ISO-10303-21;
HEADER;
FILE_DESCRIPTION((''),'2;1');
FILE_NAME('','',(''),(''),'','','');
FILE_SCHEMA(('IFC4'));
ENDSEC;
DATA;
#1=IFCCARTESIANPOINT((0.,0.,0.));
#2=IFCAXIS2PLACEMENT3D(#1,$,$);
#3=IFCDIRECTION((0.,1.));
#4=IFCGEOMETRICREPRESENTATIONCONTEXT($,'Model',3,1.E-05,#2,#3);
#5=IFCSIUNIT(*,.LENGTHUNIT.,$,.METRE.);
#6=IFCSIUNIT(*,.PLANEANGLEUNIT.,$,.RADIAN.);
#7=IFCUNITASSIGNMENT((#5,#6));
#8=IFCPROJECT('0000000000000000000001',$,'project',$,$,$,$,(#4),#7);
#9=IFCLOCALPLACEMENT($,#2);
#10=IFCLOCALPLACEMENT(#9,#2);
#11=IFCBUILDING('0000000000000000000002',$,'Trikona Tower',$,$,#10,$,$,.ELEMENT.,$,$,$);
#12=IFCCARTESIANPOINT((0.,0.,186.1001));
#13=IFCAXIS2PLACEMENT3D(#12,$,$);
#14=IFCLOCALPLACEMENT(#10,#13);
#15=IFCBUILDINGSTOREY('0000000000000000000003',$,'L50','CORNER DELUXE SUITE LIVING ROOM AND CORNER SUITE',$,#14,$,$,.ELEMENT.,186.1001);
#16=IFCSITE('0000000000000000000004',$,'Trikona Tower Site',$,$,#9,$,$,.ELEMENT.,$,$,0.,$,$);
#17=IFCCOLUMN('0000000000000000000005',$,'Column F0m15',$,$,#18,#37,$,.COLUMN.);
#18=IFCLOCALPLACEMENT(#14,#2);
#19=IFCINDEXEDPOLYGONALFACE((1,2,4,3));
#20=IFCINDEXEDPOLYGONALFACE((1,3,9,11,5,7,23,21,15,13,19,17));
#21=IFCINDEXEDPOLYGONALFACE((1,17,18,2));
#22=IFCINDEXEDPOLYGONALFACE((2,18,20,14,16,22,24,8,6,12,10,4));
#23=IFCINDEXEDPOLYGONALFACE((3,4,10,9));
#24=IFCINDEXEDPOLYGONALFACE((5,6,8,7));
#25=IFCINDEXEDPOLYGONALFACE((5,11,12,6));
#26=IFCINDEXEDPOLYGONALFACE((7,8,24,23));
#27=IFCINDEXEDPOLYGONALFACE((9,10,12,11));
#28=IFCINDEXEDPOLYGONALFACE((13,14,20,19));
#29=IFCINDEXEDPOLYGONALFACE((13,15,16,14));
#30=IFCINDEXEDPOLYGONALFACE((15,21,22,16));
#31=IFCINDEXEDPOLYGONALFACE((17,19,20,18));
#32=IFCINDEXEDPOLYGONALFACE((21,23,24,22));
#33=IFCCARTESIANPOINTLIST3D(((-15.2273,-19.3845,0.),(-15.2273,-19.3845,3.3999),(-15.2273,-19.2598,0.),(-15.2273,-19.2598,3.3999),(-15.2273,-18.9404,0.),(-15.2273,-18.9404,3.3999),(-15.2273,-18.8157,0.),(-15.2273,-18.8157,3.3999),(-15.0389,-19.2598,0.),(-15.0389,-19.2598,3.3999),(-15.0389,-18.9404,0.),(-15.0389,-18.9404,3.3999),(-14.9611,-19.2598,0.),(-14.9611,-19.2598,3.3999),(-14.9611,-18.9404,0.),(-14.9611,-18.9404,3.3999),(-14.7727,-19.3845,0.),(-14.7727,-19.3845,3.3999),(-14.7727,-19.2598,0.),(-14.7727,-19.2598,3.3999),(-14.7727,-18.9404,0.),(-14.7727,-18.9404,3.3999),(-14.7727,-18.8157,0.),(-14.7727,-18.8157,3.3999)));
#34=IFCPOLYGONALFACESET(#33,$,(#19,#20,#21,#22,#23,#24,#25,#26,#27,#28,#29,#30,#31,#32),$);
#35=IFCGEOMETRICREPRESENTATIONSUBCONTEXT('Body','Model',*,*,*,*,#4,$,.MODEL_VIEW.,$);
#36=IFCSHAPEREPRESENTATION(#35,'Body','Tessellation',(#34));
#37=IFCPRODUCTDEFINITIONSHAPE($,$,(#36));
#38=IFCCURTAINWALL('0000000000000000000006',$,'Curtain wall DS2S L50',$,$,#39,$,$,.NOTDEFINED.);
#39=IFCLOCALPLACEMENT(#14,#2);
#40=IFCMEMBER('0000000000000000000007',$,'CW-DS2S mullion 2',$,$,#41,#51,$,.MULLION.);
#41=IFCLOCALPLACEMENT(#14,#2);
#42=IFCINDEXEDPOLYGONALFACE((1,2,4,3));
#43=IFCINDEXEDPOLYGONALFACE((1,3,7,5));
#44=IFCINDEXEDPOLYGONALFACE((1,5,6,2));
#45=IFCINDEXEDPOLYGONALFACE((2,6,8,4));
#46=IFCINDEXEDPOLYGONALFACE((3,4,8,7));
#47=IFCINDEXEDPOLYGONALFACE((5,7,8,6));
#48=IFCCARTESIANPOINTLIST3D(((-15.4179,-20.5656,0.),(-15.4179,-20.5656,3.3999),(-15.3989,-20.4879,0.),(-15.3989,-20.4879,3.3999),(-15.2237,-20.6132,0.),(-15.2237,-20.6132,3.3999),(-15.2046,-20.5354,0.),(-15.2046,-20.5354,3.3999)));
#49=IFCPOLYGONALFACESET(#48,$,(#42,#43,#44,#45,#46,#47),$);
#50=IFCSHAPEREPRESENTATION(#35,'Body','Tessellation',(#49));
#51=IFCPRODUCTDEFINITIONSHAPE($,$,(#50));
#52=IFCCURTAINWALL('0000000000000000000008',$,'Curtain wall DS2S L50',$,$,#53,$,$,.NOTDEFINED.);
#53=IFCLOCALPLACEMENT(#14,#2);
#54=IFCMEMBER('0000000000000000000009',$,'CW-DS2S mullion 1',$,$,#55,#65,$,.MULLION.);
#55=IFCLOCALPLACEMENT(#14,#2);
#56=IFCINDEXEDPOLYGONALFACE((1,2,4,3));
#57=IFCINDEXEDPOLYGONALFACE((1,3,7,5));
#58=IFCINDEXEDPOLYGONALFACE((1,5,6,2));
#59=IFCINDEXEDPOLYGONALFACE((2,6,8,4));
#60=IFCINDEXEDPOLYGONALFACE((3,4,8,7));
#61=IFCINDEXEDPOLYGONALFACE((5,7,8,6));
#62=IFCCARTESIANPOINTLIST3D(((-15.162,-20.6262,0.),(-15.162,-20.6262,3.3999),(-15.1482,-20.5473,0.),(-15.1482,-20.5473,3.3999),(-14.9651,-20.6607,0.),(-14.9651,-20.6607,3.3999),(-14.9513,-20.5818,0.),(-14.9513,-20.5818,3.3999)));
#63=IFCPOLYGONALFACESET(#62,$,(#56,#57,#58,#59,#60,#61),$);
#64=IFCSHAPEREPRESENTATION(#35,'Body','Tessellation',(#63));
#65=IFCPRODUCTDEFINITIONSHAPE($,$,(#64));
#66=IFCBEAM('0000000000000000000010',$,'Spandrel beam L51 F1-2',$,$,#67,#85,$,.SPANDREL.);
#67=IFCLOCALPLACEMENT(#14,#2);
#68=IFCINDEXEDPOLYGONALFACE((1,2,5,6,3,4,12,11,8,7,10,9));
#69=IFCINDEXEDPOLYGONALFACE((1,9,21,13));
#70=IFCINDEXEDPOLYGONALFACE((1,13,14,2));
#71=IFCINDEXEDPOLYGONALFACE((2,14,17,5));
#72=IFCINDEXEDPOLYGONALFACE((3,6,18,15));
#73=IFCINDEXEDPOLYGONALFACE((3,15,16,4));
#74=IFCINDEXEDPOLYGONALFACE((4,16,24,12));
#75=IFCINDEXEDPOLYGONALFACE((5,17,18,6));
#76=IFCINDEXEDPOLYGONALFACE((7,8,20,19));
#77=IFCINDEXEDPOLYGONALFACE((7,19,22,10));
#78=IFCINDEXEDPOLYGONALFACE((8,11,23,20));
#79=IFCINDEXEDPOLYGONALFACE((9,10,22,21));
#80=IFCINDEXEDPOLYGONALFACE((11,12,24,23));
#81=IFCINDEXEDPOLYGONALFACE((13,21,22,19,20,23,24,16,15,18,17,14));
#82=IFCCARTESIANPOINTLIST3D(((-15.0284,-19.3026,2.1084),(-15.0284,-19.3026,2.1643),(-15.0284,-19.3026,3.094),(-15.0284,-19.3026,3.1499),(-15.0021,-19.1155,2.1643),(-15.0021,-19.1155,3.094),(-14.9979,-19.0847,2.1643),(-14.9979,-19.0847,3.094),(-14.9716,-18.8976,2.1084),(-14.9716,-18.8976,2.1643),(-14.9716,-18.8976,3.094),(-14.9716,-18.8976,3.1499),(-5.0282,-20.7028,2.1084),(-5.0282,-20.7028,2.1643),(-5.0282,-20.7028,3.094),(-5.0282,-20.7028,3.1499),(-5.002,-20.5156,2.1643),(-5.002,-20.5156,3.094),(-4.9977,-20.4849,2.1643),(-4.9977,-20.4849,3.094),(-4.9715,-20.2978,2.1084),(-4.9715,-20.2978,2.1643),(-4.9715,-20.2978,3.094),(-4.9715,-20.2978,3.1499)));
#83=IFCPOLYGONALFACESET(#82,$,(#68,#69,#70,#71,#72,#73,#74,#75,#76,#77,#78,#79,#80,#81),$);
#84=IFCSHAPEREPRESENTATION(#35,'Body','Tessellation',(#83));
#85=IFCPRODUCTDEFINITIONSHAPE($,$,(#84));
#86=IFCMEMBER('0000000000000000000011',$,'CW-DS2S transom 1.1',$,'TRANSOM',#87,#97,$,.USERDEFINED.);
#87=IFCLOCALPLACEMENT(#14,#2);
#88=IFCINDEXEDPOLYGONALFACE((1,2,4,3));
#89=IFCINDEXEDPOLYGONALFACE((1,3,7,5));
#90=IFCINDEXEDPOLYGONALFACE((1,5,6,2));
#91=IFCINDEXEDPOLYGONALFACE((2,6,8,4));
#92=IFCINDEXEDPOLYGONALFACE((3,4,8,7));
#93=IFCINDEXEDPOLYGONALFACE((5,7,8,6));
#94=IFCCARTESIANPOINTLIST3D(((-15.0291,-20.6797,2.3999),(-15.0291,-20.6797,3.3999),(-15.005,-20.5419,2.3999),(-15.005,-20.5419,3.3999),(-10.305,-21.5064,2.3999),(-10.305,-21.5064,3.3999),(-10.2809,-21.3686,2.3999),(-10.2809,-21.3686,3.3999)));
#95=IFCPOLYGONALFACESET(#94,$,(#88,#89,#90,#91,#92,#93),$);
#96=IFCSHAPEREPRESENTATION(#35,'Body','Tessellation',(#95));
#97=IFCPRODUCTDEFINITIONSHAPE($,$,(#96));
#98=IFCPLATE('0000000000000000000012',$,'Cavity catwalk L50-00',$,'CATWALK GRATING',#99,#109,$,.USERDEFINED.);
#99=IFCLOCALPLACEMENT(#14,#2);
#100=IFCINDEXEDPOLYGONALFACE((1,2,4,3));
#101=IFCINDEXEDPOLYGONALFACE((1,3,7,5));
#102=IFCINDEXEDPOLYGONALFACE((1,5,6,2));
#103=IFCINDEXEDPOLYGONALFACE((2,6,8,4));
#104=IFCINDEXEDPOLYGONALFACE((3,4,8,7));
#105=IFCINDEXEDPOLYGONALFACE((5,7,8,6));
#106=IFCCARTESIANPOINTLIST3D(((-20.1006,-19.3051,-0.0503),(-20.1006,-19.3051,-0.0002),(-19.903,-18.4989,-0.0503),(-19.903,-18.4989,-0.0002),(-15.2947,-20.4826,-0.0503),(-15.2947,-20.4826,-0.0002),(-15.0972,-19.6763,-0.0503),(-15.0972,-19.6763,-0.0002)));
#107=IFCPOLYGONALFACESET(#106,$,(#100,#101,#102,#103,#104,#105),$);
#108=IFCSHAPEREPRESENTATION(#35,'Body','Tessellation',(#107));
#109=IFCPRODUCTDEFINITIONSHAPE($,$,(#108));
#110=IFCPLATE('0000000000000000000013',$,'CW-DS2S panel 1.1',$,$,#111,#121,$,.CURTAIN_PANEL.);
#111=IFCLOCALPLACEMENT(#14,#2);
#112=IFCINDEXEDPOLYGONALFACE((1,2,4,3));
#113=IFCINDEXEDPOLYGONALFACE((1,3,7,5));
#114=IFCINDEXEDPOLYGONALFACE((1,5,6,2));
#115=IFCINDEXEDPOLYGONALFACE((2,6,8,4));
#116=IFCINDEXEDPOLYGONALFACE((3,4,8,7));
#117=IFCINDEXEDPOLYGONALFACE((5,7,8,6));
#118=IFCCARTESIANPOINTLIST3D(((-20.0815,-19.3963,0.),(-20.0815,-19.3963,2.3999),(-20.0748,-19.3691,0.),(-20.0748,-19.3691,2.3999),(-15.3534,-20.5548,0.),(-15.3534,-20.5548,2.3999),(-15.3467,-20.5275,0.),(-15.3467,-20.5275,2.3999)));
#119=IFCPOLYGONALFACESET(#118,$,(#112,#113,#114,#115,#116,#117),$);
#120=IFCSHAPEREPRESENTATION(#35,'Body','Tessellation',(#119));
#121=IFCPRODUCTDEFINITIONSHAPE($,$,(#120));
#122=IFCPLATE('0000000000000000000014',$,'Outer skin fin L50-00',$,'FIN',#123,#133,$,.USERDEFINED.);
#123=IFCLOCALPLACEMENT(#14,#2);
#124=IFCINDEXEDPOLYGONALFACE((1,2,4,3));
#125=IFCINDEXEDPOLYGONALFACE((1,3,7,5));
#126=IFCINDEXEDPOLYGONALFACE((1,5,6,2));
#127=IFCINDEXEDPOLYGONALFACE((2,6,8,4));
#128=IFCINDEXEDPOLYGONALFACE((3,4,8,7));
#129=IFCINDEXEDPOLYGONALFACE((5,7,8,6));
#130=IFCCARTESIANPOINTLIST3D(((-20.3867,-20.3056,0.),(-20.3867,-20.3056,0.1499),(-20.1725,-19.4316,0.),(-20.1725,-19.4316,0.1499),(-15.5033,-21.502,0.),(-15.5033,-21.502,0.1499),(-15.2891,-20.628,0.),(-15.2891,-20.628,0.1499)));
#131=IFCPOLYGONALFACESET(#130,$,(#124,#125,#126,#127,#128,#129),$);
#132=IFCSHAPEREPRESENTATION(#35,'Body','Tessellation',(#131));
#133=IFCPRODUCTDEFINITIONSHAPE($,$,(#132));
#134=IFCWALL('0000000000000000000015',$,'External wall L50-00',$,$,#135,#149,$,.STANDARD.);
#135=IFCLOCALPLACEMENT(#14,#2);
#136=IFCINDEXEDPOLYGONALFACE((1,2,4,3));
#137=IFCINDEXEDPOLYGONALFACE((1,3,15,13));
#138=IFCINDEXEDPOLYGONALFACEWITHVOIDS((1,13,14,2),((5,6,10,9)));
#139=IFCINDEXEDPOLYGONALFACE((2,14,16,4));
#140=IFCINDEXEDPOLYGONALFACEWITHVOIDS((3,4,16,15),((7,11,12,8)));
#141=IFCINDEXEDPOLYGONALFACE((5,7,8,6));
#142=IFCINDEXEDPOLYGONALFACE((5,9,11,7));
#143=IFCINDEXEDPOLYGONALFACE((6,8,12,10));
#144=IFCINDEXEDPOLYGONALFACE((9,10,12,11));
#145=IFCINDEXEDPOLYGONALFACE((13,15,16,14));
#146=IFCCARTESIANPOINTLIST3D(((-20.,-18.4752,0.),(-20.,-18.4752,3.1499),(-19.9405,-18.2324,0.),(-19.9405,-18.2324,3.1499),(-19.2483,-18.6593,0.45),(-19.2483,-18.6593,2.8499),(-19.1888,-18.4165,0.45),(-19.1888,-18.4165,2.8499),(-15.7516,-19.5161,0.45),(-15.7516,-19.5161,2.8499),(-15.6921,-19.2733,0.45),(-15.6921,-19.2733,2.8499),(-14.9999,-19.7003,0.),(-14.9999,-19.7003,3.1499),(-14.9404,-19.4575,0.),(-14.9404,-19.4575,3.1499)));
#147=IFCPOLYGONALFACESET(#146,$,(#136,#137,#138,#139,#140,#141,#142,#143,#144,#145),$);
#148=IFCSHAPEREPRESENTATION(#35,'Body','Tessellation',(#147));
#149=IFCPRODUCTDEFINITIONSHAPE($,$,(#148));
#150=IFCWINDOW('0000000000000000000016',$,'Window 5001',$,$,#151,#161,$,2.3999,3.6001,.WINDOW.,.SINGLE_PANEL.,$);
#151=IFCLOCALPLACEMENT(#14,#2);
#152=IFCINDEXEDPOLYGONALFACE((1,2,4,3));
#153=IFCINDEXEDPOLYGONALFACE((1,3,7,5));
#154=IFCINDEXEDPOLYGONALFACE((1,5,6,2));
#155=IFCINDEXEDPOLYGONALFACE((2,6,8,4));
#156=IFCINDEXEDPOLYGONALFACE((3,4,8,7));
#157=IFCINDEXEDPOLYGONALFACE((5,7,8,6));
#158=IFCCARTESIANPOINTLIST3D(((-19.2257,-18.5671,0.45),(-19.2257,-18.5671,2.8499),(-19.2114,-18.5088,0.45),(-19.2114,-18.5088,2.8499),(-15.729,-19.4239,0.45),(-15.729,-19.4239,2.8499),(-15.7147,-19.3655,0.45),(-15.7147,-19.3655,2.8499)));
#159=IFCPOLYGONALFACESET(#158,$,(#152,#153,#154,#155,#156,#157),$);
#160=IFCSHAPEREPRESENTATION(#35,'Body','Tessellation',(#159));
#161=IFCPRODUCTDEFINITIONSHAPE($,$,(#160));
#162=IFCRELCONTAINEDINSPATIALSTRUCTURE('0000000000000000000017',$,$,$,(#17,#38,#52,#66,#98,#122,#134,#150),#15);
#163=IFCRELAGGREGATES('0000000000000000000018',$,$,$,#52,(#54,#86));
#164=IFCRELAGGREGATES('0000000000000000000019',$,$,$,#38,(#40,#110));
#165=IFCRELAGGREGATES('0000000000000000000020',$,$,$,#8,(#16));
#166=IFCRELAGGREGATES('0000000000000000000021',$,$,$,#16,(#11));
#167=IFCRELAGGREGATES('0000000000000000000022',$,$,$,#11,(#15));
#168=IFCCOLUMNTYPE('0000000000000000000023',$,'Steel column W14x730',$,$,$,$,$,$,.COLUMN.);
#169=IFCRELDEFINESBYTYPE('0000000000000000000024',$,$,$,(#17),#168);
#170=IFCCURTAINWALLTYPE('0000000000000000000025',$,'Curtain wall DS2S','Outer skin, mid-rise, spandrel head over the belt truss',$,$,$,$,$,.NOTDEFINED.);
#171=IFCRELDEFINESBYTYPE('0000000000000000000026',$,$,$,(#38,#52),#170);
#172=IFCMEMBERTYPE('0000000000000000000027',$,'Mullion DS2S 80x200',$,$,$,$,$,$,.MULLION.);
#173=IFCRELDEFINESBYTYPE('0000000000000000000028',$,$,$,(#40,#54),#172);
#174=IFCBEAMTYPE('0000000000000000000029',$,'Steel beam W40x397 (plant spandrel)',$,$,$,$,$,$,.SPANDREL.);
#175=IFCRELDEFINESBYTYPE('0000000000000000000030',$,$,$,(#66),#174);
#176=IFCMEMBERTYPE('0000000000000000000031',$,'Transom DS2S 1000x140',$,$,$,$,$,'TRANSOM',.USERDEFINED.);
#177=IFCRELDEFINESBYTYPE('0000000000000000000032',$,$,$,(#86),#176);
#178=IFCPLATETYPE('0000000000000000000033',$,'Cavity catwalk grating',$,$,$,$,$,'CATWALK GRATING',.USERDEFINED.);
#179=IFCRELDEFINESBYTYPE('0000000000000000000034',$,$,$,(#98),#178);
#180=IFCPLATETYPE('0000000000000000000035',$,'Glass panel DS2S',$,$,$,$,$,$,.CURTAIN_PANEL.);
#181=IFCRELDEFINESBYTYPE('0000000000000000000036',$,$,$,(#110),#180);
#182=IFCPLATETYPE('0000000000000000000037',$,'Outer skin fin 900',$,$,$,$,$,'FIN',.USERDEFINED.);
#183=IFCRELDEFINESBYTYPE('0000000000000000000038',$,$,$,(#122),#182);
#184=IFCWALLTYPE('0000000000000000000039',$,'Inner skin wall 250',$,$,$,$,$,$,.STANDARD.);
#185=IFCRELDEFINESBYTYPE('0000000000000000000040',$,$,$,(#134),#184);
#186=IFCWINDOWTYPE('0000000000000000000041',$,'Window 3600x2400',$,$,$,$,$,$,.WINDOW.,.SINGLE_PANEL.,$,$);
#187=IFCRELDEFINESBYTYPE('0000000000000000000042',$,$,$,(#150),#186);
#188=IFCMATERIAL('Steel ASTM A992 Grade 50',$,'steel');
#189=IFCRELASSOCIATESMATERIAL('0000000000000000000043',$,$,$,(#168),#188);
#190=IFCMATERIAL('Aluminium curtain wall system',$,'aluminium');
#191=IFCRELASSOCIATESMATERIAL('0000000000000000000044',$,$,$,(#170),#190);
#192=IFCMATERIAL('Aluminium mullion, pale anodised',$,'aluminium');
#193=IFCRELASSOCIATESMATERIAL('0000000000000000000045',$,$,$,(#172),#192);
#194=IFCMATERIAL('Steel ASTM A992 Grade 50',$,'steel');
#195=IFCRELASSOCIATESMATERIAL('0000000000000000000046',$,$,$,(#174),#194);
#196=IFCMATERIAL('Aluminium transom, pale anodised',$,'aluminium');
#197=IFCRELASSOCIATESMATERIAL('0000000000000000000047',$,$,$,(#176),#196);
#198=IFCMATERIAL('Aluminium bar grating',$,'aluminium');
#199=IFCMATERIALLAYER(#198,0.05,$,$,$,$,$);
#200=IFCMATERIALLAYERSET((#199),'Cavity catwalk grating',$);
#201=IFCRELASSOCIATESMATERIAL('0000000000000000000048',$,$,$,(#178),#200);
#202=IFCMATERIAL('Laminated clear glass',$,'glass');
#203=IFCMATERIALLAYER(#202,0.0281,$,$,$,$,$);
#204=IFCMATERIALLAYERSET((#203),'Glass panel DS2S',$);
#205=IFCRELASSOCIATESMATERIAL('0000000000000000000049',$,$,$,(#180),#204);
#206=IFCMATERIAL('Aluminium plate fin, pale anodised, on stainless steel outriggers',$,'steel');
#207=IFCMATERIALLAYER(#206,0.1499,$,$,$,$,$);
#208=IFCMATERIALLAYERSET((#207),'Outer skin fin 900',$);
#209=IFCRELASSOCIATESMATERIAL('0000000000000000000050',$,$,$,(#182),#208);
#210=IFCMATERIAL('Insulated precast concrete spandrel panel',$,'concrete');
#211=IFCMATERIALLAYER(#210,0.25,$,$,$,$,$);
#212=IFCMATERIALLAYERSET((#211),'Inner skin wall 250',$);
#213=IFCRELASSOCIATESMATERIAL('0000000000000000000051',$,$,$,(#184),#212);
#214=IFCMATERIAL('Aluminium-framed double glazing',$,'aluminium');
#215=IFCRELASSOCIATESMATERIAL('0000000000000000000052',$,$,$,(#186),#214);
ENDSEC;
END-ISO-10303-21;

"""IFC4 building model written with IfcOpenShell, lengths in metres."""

from ifc_helpers import new_model, si_unit, direction, frame, frame_2d, origin, origin_2d, place, context, subcontext, project, spatial, rectangle, i_section, extrude, material, layer, layer_set, material_profile, profile_set, type_object, element, fill, aggregate, save


model = new_model("IFC4")

# Units and contexts
model_context = context("Model", 3, precision=1e-05, world=origin(), true_north=direction((0.0, 1.0)))
body_context = subcontext(model_context, "Body", "Model", "MODEL_VIEW")
ifc_project = project(units=[si_unit("LENGTHUNIT", "METRE"), si_unit("PLANEANGLEUNIT", "RADIAN")], contexts=[model_context])

# Site, building, storey
site_placement = place(None, origin())
site = spatial("IfcSite", under=ifc_project, at=site_placement, Name="Trikona Tower Site", CompositionType="ELEMENT", RefElevation=0.0)
building_placement = place(site_placement, origin())
building = spatial("IfcBuilding", under=site, at=building_placement, Name="Trikona Tower", CompositionType="ELEMENT")
storey_placement = place(building_placement, frame((0.0, 0.0, 186.1001)))
storey = spatial("IfcBuildingStorey", under=building, at=storey_placement, Name="L50", Description="CORNER DELUXE SUITE LIVING ROOM AND CORNER SUITE", CompositionType="ELEMENT", Elevation=186.1001)

# Column
ifc_material_1 = material(Name="Steel ASTM A992 Grade 50", Category="steel")
ifc_material_profile_1 = material_profile(ifc_material_1, i_section(OverallWidth=0.4546, OverallDepth=0.5688, WebThickness=0.0779, FlangeThickness=0.1248, at=origin_2d()), Name="W14X730")
ifc_profile_set_1 = profile_set([ifc_material_profile_1], Name="Steel ASTM A992 Grade 50")
column_type = type_object("IfcColumnType", Name="Steel column W14x730", PredefinedType="COLUMN", material=ifc_profile_set_1)
column_placement = place(storey_placement, frame((-15.0, -19.1001, 0.0), z_axis=(0.0, 0.0, 1.0), x_axis=(1.0, 0.0, 0.0)))
element("IfcColumn", 1, at=column_placement, inside=storey, type_object=column_type, Name="Column F0m15", PredefinedType="COLUMN", context=body_context, shape_type="SweptSolid", body=[
    extrude(i_section(OverallWidth=0.4546, OverallDepth=0.5688, WebThickness=0.0779, FlangeThickness=0.1248, at=origin_2d()), origin(), (0.0, 0.0, 1.0), 3.3999),
])

# Curtain walls, members
ifc_material_2 = material(Name="Aluminium curtain wall system", Category="aluminium")
curtain_wall_type = type_object("IfcCurtainWallType", Name="Curtain wall DS2S", Description="Outer skin, mid-rise, spandrel head over the belt truss", PredefinedType="NOTDEFINED", material=ifc_material_2)
curtain_wall_1_placement = place(storey_placement, origin())
curtain_wall_1 = element("IfcCurtainWall", 2, at=curtain_wall_1_placement, inside=storey, type_object=curtain_wall_type, Name="Curtain wall DS2S L50", PredefinedType="NOTDEFINED")
ifc_material_3 = material(Name="Aluminium mullion, pale anodised", Category="aluminium")
ifc_material_profile_2 = material_profile(ifc_material_3, rectangle(XDim=0.0801, YDim=0.2, at=origin_2d()), Name="MUL-DS2S")
ifc_profile_set_2 = profile_set([ifc_material_profile_2], Name="Aluminium mullion, pale anodised")
member_type_1 = type_object("IfcMemberType", Name="Mullion DS2S 80x200", PredefinedType="MULLION", material=ifc_profile_set_2)
member_1_placement = place(storey_placement, frame((-15.3113, -20.5505, 0.0), z_axis=(0.0, 0.0, 1.0), x_axis=(0.23797, 0.971272, 0.0)))
member_1 = element("IfcMember", 3, at=member_1_placement, type_object=member_type_1, Name="CW-DS2S mullion 2", PredefinedType="MULLION", context=body_context, shape_type="SweptSolid", body=[
    extrude(rectangle(XDim=0.0801, YDim=0.2, at=origin_2d()), origin(), (0.0, 0.0, 1.0), 3.3999),
])
curtain_wall_2_placement = place(storey_placement, origin())
curtain_wall_2 = element("IfcCurtainWall", 4, at=curtain_wall_2_placement, inside=storey, type_object=curtain_wall_type, Name="Curtain wall DS2S L50", PredefinedType="NOTDEFINED")
member_2_placement = place(storey_placement, frame((-15.0566, -20.604, 0.0), z_axis=(0.0, 0.0, 1.0), x_axis=(0.172377, 0.985031, 0.0)))
member_2 = element("IfcMember", 5, at=member_2_placement, type_object=member_type_1, Name="CW-DS2S mullion 1", PredefinedType="MULLION", context=body_context, shape_type="SweptSolid", body=[
    extrude(rectangle(XDim=0.0801, YDim=0.2, at=origin_2d()), origin(), (0.0, 0.0, 1.0), 3.3999),
])

# Beam
ifc_material_4 = material(Name="Steel ASTM A992 Grade 50", Category="steel")
ifc_material_profile_3 = material_profile(ifc_material_4, i_section(OverallWidth=0.4089, OverallDepth=1.0415, WebThickness=0.031, FlangeThickness=0.0559, at=origin_2d()), Name="W40X397")
ifc_profile_set_3 = profile_set([ifc_material_profile_3], Name="Steel ASTM A992 Grade 50")
beam_type = type_object("IfcBeamType", Name="Steel beam W40x397 (plant spandrel)", PredefinedType="SPANDREL", material=ifc_profile_set_3)
beam_placement = place(storey_placement, frame((-15.0, -19.1001, 2.6292), z_axis=(0.99034, -0.138662, 0.0), x_axis=(0.138662, 0.99034, 0.0)))
element("IfcBeam", 6, at=beam_placement, inside=storey, type_object=beam_type, Name="Spandrel beam L51 F1-2", PredefinedType="SPANDREL", context=body_context, shape_type="SweptSolid", body=[
    extrude(i_section(OverallWidth=0.4089, OverallDepth=1.0415, WebThickness=0.031, FlangeThickness=0.0559, at=origin_2d()), origin(), (0.0, 0.0, 1.0), 10.0977),
])

# Member
ifc_material_5 = material(Name="Aluminium transom, pale anodised", Category="aluminium")
ifc_material_profile_4 = material_profile(ifc_material_5, rectangle(XDim=0.1399, YDim=1.0, at=origin_2d()), Name="TRN-DS2S")
ifc_profile_set_4 = profile_set([ifc_material_profile_4], Name="Aluminium transom, pale anodised")
member_type_2 = type_object("IfcMemberType", Name="Transom DS2S 1000x140", ElementType="TRANSOM", PredefinedType="USERDEFINED", material=ifc_profile_set_4)
member_3_placement = place(storey_placement, frame((-15.0171, -20.6108, 2.8999), z_axis=(0.985033, -0.172368, 0.0), x_axis=(0.172368, 0.985033, 0.0)))
member_3 = element("IfcMember", 7, at=member_3_placement, type_object=member_type_2, Name="CW-DS2S transom 1.1", ObjectType="TRANSOM", PredefinedType="USERDEFINED", context=body_context, shape_type="SweptSolid", body=[
    extrude(rectangle(XDim=0.1399, YDim=1.0, at=origin_2d()), origin(), (0.0, 0.0, 1.0), 4.7959),
])
aggregate(curtain_wall_2, [member_2, member_3])

# Plates
ifc_material_6 = material(Name="Aluminium bar grating", Category="aluminium")
ifc_layer_1 = layer(ifc_material_6, 0.05)
ifc_layer_set_1 = layer_set([ifc_layer_1], Name="Cavity catwalk grating")
plate_type_1 = type_object("IfcPlateType", Name="Cavity catwalk grating", ElementType="CATWALK GRATING", PredefinedType="USERDEFINED", material=ifc_layer_set_1)
plate_1_placement = place(storey_placement, frame((-17.5989, -19.4907, -0.0503), z_axis=(0.0, 0.0, 1.0), x_axis=(0.971274, -0.237962, 0.0)))
element("IfcPlate", 8, at=plate_1_placement, inside=storey, type_object=plate_type_1, Name="Cavity catwalk L50-00", ObjectType="CATWALK GRATING", PredefinedType="USERDEFINED", context=body_context, shape_type="SweptSolid", body=[
    extrude(rectangle(XDim=4.948, YDim=0.8301, at=origin_2d()), origin(), (0.0, 0.0, 1.0), 0.05),
])
ifc_material_7 = material(Name="Laminated clear glass", Category="glass")
ifc_layer_2 = layer(ifc_material_7, 0.0281)
ifc_layer_set_2 = layer_set([ifc_layer_2], Name="Glass panel DS2S")
plate_type_2 = type_object("IfcPlateType", Name="Glass panel DS2S", PredefinedType="CURTAIN_PANEL", material=ifc_layer_set_2)
plate_2_placement = place(storey_placement, frame((-17.7141, -19.9619, 0.0), z_axis=(0.0, 0.0, 1.0), x_axis=(0.971272, -0.23797, 0.0)))
plate_2 = element("IfcPlate", 9, at=plate_2_placement, type_object=plate_type_2, Name="CW-DS2S panel 1.1", PredefinedType="CURTAIN_PANEL", context=body_context, shape_type="SweptSolid", body=[
    extrude(rectangle(XDim=4.8679, YDim=0.0281, at=origin_2d()), origin(), (0.0, 0.0, 1.0), 2.3999),
])
aggregate(curtain_wall_1, [member_1, plate_2])
ifc_material_8 = material(Name="Aluminium plate fin, pale anodised, on stainless steel outriggers", Category="steel")
ifc_layer_3 = layer(ifc_material_8, 0.1499)
ifc_layer_set_3 = layer_set([ifc_layer_3], Name="Outer skin fin 900")
plate_type_3 = type_object("IfcPlateType", Name="Outer skin fin 900", ElementType="FIN", PredefinedType="USERDEFINED", material=ifc_layer_set_3)
plate_3_placement = place(storey_placement, frame((-17.8379, -20.4668, 0.0), z_axis=(0.0, 0.0, 1.0), x_axis=(0.971274, -0.237962, 0.0)))
element("IfcPlate", 10, at=plate_3_placement, inside=storey, type_object=plate_type_3, Name="Outer skin fin L50-00", ObjectType="FIN", PredefinedType="USERDEFINED", context=body_context, shape_type="SweptSolid", body=[
    extrude(rectangle(XDim=5.0278, YDim=0.8999, at=origin_2d()), origin(), (0.0, 0.0, 1.0), 0.1499),
])

# Wall, opening, window
ifc_material_9 = material(Name="Insulated precast concrete spandrel panel", Category="concrete")
ifc_layer_4 = layer(ifc_material_9, 0.25)
ifc_layer_set_4 = layer_set([ifc_layer_4], Name="Inner skin wall 250")
wall_type_1 = type_object("IfcWallType", Name="Inner skin wall 250", PredefinedType="STANDARD", material=ifc_layer_set_4)
wall_1_placement = place(storey_placement, frame((-19.9702, -18.3538, 0.0), z_axis=(0.0, 0.0, 1.0), x_axis=(0.97127, -0.23798, 0.0)))
wall_1 = element("IfcWall", 11, at=wall_1_placement, inside=storey, type_object=wall_type_1, Name="External wall L50-00", PredefinedType="STANDARD", context=body_context, shape_type="SweptSolid", body=[
    extrude(rectangle(XDim=5.1479, YDim=0.25, at=frame_2d((2.574, 0.0))), origin(), (0.0, 0.0, 1.0), 3.1499),
])
opening_1_placement = place(wall_1_placement, frame((0.7739, 0.0, 0.45)))
opening_1 = element("IfcOpeningElement", 12, at=opening_1_placement, cuts=wall_1, PredefinedType="OPENING", context=body_context, shape_type="SweptSolid", body=[
    extrude(rectangle(XDim=3.6001, YDim=2.3999, at=frame_2d((1.8, 1.2))), frame((0.0, 0.135, 0.0), z_axis=(0.0, -1.0, 0.0), x_axis=(1.0, 0.0, 0.0)), (0.0, 0.0, 1.0), 0.27),
])
ifc_material_10 = material(Name="Aluminium-framed double glazing", Category="aluminium")
window_type = type_object("IfcWindowType", Name="Window 3600x2400", PartitioningType="SINGLE_PANEL", PredefinedType="WINDOW", material=ifc_material_10)
window_1_placement = place(opening_1_placement, origin())
window_1 = element("IfcWindow", 13, at=window_1_placement, inside=storey, type_object=window_type, Name="Window 5001", OverallHeight=2.3999, OverallWidth=3.6001, PartitioningType="SINGLE_PANEL", PredefinedType="WINDOW", context=body_context, shape_type="SweptSolid", body=[
    extrude(rectangle(XDim=3.6001, YDim=2.3999, at=frame_2d((1.8, 1.2))), frame((0.0, 0.03, 0.0), z_axis=(0.0, -1.0, 0.0), x_axis=(1.0, 0.0, 0.0)), (0.0, 0.0, 1.0), 0.0601),
])
fill(opening_1, window_1)

save(model, "model.ifc")
